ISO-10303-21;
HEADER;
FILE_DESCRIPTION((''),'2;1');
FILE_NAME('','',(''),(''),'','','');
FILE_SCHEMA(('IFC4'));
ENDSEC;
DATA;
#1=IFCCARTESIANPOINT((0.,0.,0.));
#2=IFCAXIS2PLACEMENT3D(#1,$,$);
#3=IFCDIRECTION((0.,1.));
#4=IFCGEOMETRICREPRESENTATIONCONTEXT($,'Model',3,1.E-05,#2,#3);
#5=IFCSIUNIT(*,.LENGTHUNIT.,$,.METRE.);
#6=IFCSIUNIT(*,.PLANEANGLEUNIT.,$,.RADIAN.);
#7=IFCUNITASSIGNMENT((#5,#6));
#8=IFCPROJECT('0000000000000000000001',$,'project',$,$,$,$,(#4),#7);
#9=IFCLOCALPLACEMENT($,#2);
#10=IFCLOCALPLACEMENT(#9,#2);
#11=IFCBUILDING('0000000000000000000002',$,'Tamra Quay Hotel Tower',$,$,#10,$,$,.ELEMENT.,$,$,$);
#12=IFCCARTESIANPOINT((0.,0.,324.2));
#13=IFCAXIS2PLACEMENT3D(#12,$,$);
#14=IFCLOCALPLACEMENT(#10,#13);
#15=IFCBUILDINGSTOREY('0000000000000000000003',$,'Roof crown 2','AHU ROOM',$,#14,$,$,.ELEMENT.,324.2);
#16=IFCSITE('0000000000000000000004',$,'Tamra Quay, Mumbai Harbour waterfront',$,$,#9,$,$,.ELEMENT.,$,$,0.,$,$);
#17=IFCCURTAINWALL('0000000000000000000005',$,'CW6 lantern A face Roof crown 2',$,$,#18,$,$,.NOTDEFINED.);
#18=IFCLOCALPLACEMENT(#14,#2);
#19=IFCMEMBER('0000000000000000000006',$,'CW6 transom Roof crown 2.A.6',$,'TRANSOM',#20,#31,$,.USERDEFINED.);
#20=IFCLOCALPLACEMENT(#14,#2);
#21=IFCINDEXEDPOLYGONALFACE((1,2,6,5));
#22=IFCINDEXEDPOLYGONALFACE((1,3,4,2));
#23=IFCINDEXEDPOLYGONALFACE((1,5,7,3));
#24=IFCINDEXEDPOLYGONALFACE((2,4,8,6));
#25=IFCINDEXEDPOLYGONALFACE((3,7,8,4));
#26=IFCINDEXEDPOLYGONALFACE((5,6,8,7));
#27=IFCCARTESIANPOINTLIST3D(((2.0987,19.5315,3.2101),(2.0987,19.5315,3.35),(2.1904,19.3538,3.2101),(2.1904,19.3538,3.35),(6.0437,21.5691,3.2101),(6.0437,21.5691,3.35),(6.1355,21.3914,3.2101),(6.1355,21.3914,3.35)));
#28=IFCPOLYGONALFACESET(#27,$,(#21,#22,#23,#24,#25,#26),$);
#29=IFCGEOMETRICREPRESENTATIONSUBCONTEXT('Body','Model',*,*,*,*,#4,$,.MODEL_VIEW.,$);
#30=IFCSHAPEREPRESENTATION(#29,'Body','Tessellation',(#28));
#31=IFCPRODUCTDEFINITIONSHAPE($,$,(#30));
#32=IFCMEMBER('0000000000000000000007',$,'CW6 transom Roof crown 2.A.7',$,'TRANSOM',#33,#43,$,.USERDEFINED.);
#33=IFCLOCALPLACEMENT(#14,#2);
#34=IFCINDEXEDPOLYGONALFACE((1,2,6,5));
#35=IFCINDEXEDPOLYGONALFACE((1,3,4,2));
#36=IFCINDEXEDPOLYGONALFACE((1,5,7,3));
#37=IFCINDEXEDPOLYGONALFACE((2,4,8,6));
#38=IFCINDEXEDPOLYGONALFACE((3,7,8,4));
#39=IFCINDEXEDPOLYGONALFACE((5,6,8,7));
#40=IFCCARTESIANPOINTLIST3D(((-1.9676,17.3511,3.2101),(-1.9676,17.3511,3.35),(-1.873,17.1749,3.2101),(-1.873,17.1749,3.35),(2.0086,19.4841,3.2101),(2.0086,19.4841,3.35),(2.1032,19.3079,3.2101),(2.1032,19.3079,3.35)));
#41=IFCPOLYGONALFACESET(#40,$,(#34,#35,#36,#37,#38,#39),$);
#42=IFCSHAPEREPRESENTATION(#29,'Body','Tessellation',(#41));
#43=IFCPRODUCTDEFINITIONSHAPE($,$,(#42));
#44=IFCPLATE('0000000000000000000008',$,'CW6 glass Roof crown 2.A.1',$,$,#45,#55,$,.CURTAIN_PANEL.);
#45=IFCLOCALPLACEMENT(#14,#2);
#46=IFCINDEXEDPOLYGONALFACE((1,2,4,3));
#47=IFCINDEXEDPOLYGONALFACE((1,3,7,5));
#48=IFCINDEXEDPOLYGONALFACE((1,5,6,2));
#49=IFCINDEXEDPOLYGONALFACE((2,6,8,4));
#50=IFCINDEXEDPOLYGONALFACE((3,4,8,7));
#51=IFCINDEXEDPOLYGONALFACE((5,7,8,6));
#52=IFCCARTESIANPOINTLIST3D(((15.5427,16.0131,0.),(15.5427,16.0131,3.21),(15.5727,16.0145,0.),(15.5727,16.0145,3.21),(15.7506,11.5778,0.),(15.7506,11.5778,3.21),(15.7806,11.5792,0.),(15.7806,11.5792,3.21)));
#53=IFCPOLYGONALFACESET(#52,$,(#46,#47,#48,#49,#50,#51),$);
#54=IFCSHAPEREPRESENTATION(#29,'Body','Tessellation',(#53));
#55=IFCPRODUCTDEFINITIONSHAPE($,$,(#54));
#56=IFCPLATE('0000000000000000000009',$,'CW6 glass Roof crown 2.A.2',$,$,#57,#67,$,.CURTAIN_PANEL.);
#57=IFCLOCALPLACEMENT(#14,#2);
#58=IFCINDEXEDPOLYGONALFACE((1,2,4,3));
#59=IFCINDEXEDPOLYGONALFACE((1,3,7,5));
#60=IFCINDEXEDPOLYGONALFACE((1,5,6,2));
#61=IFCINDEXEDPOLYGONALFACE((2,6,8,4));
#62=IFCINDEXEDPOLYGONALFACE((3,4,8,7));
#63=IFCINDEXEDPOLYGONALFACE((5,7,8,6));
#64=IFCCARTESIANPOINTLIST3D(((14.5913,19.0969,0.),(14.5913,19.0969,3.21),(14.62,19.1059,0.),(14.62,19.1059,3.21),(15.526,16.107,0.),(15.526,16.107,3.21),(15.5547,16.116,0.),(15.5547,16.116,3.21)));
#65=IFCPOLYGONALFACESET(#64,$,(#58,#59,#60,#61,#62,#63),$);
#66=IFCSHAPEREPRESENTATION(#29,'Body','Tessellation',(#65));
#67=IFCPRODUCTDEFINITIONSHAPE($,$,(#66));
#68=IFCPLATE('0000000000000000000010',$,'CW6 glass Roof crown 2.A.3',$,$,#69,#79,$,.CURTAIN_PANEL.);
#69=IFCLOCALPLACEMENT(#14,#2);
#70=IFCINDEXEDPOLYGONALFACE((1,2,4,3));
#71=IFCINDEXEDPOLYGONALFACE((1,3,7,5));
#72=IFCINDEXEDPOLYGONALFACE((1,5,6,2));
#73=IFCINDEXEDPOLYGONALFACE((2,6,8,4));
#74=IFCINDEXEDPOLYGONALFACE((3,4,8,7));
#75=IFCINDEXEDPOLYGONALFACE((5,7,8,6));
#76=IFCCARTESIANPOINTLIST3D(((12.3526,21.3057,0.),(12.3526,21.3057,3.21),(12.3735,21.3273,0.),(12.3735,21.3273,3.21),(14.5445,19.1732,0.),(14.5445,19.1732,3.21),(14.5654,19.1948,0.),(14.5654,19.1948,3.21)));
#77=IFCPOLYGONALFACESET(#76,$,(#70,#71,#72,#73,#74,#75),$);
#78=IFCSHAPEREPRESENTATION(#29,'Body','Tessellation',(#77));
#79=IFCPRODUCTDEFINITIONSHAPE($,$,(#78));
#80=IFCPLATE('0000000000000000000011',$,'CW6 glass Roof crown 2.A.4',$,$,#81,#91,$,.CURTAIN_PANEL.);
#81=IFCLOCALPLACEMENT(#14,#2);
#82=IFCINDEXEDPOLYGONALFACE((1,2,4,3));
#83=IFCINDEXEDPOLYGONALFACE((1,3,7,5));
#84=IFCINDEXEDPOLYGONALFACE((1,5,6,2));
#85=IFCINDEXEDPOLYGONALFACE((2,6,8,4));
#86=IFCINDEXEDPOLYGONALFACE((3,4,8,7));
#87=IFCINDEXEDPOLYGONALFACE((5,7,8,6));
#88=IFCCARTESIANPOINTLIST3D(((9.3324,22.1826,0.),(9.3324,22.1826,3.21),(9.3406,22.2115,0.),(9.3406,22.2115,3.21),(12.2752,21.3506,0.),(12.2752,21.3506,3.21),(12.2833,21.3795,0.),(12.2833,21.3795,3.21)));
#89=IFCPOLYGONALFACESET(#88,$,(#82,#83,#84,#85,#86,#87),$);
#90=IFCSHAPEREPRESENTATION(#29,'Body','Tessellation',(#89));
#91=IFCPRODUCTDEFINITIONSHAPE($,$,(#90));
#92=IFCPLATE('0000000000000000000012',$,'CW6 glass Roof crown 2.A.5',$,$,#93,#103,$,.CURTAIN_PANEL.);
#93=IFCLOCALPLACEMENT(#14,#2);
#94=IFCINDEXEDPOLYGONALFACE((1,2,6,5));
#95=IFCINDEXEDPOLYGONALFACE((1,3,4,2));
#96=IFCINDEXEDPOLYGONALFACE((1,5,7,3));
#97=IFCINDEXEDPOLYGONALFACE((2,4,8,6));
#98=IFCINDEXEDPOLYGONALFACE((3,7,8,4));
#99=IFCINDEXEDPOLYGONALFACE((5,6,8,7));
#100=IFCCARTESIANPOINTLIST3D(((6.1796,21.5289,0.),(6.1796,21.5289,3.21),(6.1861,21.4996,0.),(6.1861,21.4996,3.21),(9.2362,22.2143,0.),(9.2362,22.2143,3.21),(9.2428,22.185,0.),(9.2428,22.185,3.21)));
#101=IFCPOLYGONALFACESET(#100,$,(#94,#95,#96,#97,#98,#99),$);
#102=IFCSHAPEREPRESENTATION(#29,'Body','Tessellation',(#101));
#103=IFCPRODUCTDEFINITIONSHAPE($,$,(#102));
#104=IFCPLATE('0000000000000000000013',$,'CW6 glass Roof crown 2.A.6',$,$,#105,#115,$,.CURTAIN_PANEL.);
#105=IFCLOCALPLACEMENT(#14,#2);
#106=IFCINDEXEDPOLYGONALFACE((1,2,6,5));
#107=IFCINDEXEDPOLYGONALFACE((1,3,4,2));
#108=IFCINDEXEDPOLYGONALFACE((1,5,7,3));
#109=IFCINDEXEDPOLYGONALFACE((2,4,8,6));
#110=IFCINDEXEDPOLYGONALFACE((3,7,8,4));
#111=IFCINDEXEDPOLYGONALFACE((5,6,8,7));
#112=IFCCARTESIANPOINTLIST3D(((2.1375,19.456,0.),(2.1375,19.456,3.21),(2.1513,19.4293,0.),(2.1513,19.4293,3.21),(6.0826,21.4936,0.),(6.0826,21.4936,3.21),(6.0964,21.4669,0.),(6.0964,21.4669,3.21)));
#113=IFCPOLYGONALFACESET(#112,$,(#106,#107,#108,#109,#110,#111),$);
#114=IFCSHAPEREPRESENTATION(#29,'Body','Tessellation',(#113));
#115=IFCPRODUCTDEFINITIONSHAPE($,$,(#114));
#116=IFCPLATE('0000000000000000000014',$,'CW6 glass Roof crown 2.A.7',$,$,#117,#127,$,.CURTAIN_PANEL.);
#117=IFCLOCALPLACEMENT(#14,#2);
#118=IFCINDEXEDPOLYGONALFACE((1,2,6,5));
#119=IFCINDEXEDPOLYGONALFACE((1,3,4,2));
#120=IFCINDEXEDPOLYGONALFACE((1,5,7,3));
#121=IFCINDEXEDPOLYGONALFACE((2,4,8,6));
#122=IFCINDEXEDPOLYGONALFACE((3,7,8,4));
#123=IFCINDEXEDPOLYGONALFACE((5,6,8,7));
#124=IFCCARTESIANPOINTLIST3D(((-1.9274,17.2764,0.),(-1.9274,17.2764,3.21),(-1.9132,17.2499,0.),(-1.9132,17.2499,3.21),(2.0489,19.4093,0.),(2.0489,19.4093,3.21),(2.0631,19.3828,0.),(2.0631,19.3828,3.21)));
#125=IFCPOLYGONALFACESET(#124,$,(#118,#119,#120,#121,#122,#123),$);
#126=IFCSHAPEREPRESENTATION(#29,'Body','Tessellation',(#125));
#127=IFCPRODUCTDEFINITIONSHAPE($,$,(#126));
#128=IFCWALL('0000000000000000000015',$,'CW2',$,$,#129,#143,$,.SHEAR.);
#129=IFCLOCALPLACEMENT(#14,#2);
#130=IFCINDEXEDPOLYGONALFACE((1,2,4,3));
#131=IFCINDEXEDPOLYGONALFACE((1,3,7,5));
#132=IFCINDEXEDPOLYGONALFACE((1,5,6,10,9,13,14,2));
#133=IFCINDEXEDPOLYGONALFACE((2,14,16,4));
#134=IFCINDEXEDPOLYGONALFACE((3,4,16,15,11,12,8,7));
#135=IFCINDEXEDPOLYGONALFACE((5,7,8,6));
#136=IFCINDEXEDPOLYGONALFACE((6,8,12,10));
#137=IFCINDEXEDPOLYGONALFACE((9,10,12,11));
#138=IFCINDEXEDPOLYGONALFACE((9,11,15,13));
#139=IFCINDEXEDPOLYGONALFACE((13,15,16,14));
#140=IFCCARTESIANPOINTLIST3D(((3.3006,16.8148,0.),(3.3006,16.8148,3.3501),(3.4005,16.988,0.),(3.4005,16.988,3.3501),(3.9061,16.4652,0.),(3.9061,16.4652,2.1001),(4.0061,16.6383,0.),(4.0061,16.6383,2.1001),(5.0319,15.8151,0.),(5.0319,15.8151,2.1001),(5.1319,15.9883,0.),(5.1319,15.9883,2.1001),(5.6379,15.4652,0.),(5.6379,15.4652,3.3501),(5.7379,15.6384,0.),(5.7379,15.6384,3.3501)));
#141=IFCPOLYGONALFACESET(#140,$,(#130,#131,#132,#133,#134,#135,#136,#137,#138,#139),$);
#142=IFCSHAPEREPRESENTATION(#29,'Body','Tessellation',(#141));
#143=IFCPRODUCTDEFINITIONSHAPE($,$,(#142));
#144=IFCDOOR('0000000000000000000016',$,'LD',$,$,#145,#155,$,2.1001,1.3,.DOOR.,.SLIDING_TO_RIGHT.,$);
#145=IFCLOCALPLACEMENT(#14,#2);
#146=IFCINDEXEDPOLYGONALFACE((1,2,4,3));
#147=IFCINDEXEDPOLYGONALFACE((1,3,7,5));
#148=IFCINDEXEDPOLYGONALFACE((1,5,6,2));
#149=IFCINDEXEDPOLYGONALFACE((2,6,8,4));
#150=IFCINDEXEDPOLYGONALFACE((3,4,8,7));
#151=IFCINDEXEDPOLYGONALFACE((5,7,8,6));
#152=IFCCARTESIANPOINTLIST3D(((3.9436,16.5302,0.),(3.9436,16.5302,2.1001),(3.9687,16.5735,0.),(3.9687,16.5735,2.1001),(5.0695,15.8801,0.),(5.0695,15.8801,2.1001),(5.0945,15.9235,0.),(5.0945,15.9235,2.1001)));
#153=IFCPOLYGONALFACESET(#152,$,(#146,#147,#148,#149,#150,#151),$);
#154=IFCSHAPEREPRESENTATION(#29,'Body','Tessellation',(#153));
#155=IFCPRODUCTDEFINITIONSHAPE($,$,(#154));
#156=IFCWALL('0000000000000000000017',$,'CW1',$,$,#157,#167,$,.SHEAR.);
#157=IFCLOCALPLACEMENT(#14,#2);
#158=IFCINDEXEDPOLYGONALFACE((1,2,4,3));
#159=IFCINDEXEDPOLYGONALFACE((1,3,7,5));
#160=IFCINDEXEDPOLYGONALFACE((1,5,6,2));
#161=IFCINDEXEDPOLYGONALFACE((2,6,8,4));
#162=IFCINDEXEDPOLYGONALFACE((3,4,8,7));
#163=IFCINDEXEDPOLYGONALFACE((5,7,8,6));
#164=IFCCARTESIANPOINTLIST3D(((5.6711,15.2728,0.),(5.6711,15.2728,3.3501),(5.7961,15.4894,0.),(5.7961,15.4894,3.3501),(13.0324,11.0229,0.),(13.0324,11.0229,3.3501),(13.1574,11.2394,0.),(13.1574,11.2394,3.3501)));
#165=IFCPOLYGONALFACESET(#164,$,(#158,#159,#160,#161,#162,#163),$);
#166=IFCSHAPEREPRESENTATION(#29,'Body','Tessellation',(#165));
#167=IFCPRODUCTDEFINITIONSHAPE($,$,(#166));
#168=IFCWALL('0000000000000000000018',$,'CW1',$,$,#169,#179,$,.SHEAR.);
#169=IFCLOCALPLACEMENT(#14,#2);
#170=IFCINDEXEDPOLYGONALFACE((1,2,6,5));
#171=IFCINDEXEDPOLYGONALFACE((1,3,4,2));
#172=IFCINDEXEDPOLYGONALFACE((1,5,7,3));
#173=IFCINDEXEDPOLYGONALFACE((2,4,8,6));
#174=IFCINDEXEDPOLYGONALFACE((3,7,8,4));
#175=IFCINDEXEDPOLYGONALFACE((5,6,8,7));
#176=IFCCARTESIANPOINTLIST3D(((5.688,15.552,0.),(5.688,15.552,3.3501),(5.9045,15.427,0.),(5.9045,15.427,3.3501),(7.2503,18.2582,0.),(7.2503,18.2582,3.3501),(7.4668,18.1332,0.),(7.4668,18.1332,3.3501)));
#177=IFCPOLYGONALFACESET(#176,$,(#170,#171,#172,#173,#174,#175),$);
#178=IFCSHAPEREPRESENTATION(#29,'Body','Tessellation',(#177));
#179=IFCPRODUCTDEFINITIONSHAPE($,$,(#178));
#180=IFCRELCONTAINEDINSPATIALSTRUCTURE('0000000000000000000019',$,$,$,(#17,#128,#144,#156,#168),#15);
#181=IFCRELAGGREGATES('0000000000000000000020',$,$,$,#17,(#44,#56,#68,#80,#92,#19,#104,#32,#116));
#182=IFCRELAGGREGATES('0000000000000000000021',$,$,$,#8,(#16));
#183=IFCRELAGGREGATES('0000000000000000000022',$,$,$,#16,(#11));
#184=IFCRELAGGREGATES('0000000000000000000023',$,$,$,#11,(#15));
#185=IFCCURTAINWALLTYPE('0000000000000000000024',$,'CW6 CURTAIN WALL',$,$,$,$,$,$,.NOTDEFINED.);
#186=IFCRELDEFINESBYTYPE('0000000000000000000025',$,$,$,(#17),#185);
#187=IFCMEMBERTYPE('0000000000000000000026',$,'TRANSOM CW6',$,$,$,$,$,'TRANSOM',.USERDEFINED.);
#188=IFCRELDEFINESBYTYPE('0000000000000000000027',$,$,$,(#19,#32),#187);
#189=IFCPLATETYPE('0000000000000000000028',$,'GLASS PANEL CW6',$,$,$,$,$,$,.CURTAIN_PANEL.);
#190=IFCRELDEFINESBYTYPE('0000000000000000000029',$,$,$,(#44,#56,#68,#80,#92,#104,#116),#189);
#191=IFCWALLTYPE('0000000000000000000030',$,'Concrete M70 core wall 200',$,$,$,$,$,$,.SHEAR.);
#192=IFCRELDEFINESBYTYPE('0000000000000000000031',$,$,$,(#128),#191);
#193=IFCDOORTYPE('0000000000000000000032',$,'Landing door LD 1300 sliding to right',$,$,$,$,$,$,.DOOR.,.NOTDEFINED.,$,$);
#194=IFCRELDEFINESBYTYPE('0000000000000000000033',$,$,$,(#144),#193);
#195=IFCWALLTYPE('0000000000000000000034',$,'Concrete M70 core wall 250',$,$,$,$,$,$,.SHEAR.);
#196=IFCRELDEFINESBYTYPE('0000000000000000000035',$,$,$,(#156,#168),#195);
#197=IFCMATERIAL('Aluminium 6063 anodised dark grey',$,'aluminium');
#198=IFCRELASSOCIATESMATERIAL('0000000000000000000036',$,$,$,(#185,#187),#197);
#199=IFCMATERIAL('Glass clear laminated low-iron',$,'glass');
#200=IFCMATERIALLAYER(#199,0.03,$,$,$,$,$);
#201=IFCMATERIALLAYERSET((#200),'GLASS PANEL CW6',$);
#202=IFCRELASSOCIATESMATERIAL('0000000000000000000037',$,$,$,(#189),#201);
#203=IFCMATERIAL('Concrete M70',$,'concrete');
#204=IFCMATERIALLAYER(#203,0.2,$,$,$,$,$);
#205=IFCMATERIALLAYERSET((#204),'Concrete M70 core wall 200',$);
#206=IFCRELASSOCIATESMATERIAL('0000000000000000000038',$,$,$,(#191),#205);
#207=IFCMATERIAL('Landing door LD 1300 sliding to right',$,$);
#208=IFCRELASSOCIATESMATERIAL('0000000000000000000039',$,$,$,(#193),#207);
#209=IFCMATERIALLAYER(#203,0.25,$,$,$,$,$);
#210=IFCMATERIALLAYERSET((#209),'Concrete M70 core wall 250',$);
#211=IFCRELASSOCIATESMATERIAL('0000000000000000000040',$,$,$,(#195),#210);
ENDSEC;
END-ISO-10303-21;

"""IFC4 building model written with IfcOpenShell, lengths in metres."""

from ifc_helpers import new_model, si_unit, direction, frame, frame_2d, origin, origin_2d, place, context, subcontext, project, spatial, rectangle, extrude, material, layer, layer_set, material_profile, profile_set, type_object, element, fill, aggregate, save


model = new_model("IFC4")

# Units and contexts
model_context = context("Model", 3, precision=1e-05, world=origin(), true_north=direction((0.0, 1.0)))
body_context = subcontext(model_context, "Body", "Model", "MODEL_VIEW")
ifc_project = project(units=[si_unit("LENGTHUNIT", "METRE"), si_unit("PLANEANGLEUNIT", "RADIAN")], contexts=[model_context])

# Site, building, storey
site_placement = place(None, origin())
site = spatial("IfcSite", under=ifc_project, at=site_placement, Name="Tamra Quay, Mumbai Harbour waterfront", CompositionType="ELEMENT", RefElevation=0.0)
building_placement = place(site_placement, origin())
building = spatial("IfcBuilding", under=site, at=building_placement, Name="Tamra Quay Hotel Tower", CompositionType="ELEMENT")
storey_placement = place(building_placement, frame((0.0, 0.0, 324.2)))
storey = spatial("IfcBuildingStorey", under=building, at=storey_placement, Name="Roof crown 2", Description="AHU ROOM", CompositionType="ELEMENT", Elevation=324.2)

# Curtain wall, members, plates
ifc_material_1 = material(Name="Aluminium 6063 anodised dark grey", Category="aluminium")
curtain_wall_type = type_object("IfcCurtainWallType", Name="CW6 CURTAIN WALL", PredefinedType="NOTDEFINED", material=ifc_material_1)
curtain_wall_placement = place(storey_placement, origin())
curtain_wall = element("IfcCurtainWall", 1, at=curtain_wall_placement, inside=storey, type_object=curtain_wall_type, Name="CW6 lantern A face Roof crown 2", PredefinedType="NOTDEFINED")
ifc_material_profile_1 = material_profile(ifc_material_1, rectangle(XDim=0.2, YDim=0.1399, at=origin_2d()), Name="TRANSOM 200X140")
ifc_profile_set_1 = profile_set([ifc_material_profile_1], Name="Aluminium 6063 anodised dark grey")
member_type_1 = type_object("IfcMemberType", Name="TRANSOM CW6", ElementType="TRANSOM", PredefinedType="USERDEFINED", material=ifc_profile_set_1)
member_1_placement = place(storey_placement, frame((6.0896, 21.4802, 3.28), z_axis=(-0.888489, -0.458898, 0.0), x_axis=(0.458898, -0.888489, 0.0)))
member_1 = element("IfcMember", 2, at=member_1_placement, type_object=member_type_1, Name="CW6 transom Roof crown 2.A.6", ObjectType="TRANSOM", PredefinedType="USERDEFINED", context=body_context, shape_type="SweptSolid", body=[
    extrude(rectangle(XDim=0.2, YDim=0.1399, at=origin_2d()), origin(), (0.0, 0.0, 1.0), 4.4402),
])
member_2_placement = place(storey_placement, frame((2.0559, 19.396, 3.28), z_axis=(-0.881214, -0.472718, 0.0), x_axis=(0.472718, -0.881214, 0.0)))
member_2 = element("IfcMember", 3, at=member_2_placement, type_object=member_type_1, Name="CW6 transom Roof crown 2.A.7", ObjectType="TRANSOM", PredefinedType="USERDEFINED", context=body_context, shape_type="SweptSolid", body=[
    extrude(rectangle(XDim=0.2, YDim=0.1399, at=origin_2d()), origin(), (0.0, 0.0, 1.0), 4.5122),
])
ifc_material_2 = material(Name="Glass clear laminated low-iron", Category="glass")
ifc_layer_1 = layer(ifc_material_2, 0.03)
ifc_layer_set_1 = layer_set([ifc_layer_1], Name="GLASS PANEL CW6")
plate_type = type_object("IfcPlateType", Name="GLASS PANEL CW6", PredefinedType="CURTAIN_PANEL", material=ifc_layer_set_1)
plate_1_placement = place(storey_placement, frame((15.6616, 13.7961, 0.0), z_axis=(0.0, 0.0, 1.0), x_axis=(-0.046821, 0.998903, 0.0)))
plate_1 = element("IfcPlate", 4, at=plate_1_placement, type_object=plate_type, Name="CW6 glass Roof crown 2.A.1", PredefinedType="CURTAIN_PANEL", context=body_context, shape_type="SweptSolid", body=[
    extrude(rectangle(XDim=4.4402, YDim=0.03, at=origin_2d()), origin(), (0.0, 0.0, 1.0), 3.21),
])
plate_2_placement = place(storey_placement, frame((15.073, 17.6064, 0.0), z_axis=(0.0, 0.0, 1.0), x_axis=(-0.298392, 0.954443, 0.0)))
plate_2 = element("IfcPlate", 5, at=plate_2_placement, type_object=plate_type, Name="CW6 glass Roof crown 2.A.2", PredefinedType="CURTAIN_PANEL", context=body_context, shape_type="SweptSolid", body=[
    extrude(rectangle(XDim=3.1326, YDim=0.03, at=origin_2d()), origin(), (0.0, 0.0, 1.0), 3.21),
])
plate_3_placement = place(storey_placement, frame((13.459, 20.2502, 0.0), z_axis=(0.0, 0.0, 1.0), x_axis=(-0.716753, 0.697327, 0.0)))
plate_3 = element("IfcPlate", 6, at=plate_3_placement, type_object=plate_type, Name="CW6 glass Roof crown 2.A.3", PredefinedType="CURTAIN_PANEL", context=body_context, shape_type="SweptSolid", body=[
    extrude(rectangle(XDim=3.0581, YDim=0.03, at=origin_2d()), origin(), (0.0, 0.0, 1.0), 3.21),
])
plate_4_placement = place(storey_placement, frame((10.8079, 21.781, 0.0), z_axis=(0.0, 0.0, 1.0), x_axis=(-0.96228, 0.272062, 0.0)))
plate_4 = element("IfcPlate", 7, at=plate_4_placement, type_object=plate_type, Name="CW6 glass Roof crown 2.A.4", PredefinedType="CURTAIN_PANEL", context=body_context, shape_type="SweptSolid", body=[
    extrude(rectangle(XDim=3.0581, YDim=0.03, at=origin_2d()), origin(), (0.0, 0.0, 1.0), 3.21),
])
plate_5_placement = place(storey_placement, frame((7.7112, 21.8569, 0.0), z_axis=(0.0, 0.0, 1.0), x_axis=(-0.975768, -0.218806, 0.0)))
plate_5 = element("IfcPlate", 8, at=plate_5_placement, type_object=plate_type, Name="CW6 glass Roof crown 2.A.5", PredefinedType="CURTAIN_PANEL", context=body_context, shape_type="SweptSolid", body=[
    extrude(rectangle(XDim=3.1326, YDim=0.03, at=origin_2d()), origin(), (0.0, 0.0, 1.0), 3.21),
])
plate_6_placement = place(storey_placement, frame((4.1169, 20.4614, 0.0), z_axis=(0.0, 0.0, 1.0), x_axis=(-0.888486, -0.458903, 0.0)))
plate_6 = element("IfcPlate", 9, at=plate_6_placement, type_object=plate_type, Name="CW6 glass Roof crown 2.A.6", PredefinedType="CURTAIN_PANEL", context=body_context, shape_type="SweptSolid", body=[
    extrude(rectangle(XDim=4.4402, YDim=0.03, at=origin_2d()), origin(), (0.0, 0.0, 1.0), 3.21),
])
plate_7_placement = place(storey_placement, frame((0.0679, 18.3296, 0.0), z_axis=(0.0, 0.0, 1.0), x_axis=(-0.881224, -0.4727, 0.0)))
plate_7 = element("IfcPlate", 10, at=plate_7_placement, type_object=plate_type, Name="CW6 glass Roof crown 2.A.7", PredefinedType="CURTAIN_PANEL", context=body_context, shape_type="SweptSolid", body=[
    extrude(rectangle(XDim=4.5122, YDim=0.03, at=origin_2d()), origin(), (0.0, 0.0, 1.0), 3.21),
])
aggregate(curtain_wall, [plate_1, plate_2, plate_3, plate_4, plate_5, member_1, plate_6, member_2, plate_7])

# Wall, opening, door
ifc_material_3 = material(Name="Concrete M70", Category="concrete")
ifc_layer_2 = layer(ifc_material_3, 0.2)
ifc_layer_set_2 = layer_set([ifc_layer_2], Name="Concrete M70 core wall 200")
wall_type_1 = type_object("IfcWallType", Name="Concrete M70 core wall 200", PredefinedType="SHEAR", material=ifc_layer_set_2)
wall_1_placement = place(storey_placement, frame((5.688, 15.5518, 0.0), z_axis=(0.0, 0.0, 1.0), x_axis=(-0.866008, 0.50003, 0.0)))
wall_1 = element("IfcWall", 11, at=wall_1_placement, inside=storey, type_object=wall_type_1, Name="CW2", PredefinedType="SHEAR", context=body_context, shape_type="SweptSolid", body=[
    extrude(rectangle(XDim=2.699, YDim=0.2, at=frame_2d((1.3496, 0.0))), origin(), (0.0, 0.0, 1.0), 3.3501),
])
opening_placement = place(wall_1_placement, frame((0.7, 0.0, 0.0)))
opening = element("IfcOpeningElement", 12, at=opening_placement, cuts=wall_1, PredefinedType="OPENING", context=body_context, shape_type="SweptSolid", body=[
    extrude(rectangle(XDim=1.3, YDim=2.1001, at=frame_2d((0.6499, 1.05))), frame((0.0, 0.1099, 0.0), z_axis=(0.0, -1.0, 0.0), x_axis=(1.0, 0.0, 0.0)), (0.0, 0.0, 1.0), 0.22),
])
ifc_material_4 = material(Name="Landing door LD 1300 sliding to right")
door_type = type_object("IfcDoorType", Name="Landing door LD 1300 sliding to right", OperationType="NOTDEFINED", PredefinedType="DOOR", material=ifc_material_4)
door_placement = place(opening_placement, origin())
door = element("IfcDoor", 13, at=door_placement, inside=storey, type_object=door_type, Name="LD", OperationType="SLIDING_TO_RIGHT", OverallHeight=2.1001, OverallWidth=1.3, PredefinedType="DOOR", context=body_context, shape_type="SweptSolid", body=[
    extrude(rectangle(XDim=1.3, YDim=2.1001, at=frame_2d((0.6499, 1.05))), frame((0.0, 0.0249, 0.0), z_axis=(0.0, -1.0, 0.0), x_axis=(1.0, 0.0, 0.0)), (0.0, 0.0, 1.0), 0.05),
])
fill(opening, door)

# Walls
ifc_layer_3 = layer(ifc_material_3, 0.25)
ifc_layer_set_3 = layer_set([ifc_layer_3], Name="Concrete M70 core wall 250")
wall_type_2 = type_object("IfcWallType", Name="Concrete M70 core wall 250", PredefinedType="SHEAR", material=ifc_layer_set_3)
wall_2_placement = place(storey_placement, frame((5.7336, 15.3811, 0.0), z_axis=(0.0, 0.0, 1.0), x_axis=(0.866029, -0.499994, 0.0)))
element("IfcWall", 14, at=wall_2_placement, inside=storey, type_object=wall_type_2, Name="CW1", PredefinedType="SHEAR", context=body_context, shape_type="SweptSolid", body=[
    extrude(rectangle(XDim=8.5, YDim=0.25, at=frame_2d((4.25, 0.0))), origin(), (0.0, 0.0, 1.0), 3.3501),
])
wall_3_placement = place(storey_placement, frame((7.3586, 18.1958, 0.0), z_axis=(0.0, 0.0, 1.0), x_axis=(-0.499979, -0.866037, 0.0)))
element("IfcWall", 15, at=wall_3_placement, inside=storey, type_object=wall_type_2, Name="CW1", PredefinedType="SHEAR", context=body_context, shape_type="SweptSolid", body=[
    extrude(rectangle(XDim=3.1248, YDim=0.25, at=frame_2d((1.5625, 0.0))), origin(), (0.0, 0.0, 1.0), 3.3501),
])

save(model, "model.ifc")
